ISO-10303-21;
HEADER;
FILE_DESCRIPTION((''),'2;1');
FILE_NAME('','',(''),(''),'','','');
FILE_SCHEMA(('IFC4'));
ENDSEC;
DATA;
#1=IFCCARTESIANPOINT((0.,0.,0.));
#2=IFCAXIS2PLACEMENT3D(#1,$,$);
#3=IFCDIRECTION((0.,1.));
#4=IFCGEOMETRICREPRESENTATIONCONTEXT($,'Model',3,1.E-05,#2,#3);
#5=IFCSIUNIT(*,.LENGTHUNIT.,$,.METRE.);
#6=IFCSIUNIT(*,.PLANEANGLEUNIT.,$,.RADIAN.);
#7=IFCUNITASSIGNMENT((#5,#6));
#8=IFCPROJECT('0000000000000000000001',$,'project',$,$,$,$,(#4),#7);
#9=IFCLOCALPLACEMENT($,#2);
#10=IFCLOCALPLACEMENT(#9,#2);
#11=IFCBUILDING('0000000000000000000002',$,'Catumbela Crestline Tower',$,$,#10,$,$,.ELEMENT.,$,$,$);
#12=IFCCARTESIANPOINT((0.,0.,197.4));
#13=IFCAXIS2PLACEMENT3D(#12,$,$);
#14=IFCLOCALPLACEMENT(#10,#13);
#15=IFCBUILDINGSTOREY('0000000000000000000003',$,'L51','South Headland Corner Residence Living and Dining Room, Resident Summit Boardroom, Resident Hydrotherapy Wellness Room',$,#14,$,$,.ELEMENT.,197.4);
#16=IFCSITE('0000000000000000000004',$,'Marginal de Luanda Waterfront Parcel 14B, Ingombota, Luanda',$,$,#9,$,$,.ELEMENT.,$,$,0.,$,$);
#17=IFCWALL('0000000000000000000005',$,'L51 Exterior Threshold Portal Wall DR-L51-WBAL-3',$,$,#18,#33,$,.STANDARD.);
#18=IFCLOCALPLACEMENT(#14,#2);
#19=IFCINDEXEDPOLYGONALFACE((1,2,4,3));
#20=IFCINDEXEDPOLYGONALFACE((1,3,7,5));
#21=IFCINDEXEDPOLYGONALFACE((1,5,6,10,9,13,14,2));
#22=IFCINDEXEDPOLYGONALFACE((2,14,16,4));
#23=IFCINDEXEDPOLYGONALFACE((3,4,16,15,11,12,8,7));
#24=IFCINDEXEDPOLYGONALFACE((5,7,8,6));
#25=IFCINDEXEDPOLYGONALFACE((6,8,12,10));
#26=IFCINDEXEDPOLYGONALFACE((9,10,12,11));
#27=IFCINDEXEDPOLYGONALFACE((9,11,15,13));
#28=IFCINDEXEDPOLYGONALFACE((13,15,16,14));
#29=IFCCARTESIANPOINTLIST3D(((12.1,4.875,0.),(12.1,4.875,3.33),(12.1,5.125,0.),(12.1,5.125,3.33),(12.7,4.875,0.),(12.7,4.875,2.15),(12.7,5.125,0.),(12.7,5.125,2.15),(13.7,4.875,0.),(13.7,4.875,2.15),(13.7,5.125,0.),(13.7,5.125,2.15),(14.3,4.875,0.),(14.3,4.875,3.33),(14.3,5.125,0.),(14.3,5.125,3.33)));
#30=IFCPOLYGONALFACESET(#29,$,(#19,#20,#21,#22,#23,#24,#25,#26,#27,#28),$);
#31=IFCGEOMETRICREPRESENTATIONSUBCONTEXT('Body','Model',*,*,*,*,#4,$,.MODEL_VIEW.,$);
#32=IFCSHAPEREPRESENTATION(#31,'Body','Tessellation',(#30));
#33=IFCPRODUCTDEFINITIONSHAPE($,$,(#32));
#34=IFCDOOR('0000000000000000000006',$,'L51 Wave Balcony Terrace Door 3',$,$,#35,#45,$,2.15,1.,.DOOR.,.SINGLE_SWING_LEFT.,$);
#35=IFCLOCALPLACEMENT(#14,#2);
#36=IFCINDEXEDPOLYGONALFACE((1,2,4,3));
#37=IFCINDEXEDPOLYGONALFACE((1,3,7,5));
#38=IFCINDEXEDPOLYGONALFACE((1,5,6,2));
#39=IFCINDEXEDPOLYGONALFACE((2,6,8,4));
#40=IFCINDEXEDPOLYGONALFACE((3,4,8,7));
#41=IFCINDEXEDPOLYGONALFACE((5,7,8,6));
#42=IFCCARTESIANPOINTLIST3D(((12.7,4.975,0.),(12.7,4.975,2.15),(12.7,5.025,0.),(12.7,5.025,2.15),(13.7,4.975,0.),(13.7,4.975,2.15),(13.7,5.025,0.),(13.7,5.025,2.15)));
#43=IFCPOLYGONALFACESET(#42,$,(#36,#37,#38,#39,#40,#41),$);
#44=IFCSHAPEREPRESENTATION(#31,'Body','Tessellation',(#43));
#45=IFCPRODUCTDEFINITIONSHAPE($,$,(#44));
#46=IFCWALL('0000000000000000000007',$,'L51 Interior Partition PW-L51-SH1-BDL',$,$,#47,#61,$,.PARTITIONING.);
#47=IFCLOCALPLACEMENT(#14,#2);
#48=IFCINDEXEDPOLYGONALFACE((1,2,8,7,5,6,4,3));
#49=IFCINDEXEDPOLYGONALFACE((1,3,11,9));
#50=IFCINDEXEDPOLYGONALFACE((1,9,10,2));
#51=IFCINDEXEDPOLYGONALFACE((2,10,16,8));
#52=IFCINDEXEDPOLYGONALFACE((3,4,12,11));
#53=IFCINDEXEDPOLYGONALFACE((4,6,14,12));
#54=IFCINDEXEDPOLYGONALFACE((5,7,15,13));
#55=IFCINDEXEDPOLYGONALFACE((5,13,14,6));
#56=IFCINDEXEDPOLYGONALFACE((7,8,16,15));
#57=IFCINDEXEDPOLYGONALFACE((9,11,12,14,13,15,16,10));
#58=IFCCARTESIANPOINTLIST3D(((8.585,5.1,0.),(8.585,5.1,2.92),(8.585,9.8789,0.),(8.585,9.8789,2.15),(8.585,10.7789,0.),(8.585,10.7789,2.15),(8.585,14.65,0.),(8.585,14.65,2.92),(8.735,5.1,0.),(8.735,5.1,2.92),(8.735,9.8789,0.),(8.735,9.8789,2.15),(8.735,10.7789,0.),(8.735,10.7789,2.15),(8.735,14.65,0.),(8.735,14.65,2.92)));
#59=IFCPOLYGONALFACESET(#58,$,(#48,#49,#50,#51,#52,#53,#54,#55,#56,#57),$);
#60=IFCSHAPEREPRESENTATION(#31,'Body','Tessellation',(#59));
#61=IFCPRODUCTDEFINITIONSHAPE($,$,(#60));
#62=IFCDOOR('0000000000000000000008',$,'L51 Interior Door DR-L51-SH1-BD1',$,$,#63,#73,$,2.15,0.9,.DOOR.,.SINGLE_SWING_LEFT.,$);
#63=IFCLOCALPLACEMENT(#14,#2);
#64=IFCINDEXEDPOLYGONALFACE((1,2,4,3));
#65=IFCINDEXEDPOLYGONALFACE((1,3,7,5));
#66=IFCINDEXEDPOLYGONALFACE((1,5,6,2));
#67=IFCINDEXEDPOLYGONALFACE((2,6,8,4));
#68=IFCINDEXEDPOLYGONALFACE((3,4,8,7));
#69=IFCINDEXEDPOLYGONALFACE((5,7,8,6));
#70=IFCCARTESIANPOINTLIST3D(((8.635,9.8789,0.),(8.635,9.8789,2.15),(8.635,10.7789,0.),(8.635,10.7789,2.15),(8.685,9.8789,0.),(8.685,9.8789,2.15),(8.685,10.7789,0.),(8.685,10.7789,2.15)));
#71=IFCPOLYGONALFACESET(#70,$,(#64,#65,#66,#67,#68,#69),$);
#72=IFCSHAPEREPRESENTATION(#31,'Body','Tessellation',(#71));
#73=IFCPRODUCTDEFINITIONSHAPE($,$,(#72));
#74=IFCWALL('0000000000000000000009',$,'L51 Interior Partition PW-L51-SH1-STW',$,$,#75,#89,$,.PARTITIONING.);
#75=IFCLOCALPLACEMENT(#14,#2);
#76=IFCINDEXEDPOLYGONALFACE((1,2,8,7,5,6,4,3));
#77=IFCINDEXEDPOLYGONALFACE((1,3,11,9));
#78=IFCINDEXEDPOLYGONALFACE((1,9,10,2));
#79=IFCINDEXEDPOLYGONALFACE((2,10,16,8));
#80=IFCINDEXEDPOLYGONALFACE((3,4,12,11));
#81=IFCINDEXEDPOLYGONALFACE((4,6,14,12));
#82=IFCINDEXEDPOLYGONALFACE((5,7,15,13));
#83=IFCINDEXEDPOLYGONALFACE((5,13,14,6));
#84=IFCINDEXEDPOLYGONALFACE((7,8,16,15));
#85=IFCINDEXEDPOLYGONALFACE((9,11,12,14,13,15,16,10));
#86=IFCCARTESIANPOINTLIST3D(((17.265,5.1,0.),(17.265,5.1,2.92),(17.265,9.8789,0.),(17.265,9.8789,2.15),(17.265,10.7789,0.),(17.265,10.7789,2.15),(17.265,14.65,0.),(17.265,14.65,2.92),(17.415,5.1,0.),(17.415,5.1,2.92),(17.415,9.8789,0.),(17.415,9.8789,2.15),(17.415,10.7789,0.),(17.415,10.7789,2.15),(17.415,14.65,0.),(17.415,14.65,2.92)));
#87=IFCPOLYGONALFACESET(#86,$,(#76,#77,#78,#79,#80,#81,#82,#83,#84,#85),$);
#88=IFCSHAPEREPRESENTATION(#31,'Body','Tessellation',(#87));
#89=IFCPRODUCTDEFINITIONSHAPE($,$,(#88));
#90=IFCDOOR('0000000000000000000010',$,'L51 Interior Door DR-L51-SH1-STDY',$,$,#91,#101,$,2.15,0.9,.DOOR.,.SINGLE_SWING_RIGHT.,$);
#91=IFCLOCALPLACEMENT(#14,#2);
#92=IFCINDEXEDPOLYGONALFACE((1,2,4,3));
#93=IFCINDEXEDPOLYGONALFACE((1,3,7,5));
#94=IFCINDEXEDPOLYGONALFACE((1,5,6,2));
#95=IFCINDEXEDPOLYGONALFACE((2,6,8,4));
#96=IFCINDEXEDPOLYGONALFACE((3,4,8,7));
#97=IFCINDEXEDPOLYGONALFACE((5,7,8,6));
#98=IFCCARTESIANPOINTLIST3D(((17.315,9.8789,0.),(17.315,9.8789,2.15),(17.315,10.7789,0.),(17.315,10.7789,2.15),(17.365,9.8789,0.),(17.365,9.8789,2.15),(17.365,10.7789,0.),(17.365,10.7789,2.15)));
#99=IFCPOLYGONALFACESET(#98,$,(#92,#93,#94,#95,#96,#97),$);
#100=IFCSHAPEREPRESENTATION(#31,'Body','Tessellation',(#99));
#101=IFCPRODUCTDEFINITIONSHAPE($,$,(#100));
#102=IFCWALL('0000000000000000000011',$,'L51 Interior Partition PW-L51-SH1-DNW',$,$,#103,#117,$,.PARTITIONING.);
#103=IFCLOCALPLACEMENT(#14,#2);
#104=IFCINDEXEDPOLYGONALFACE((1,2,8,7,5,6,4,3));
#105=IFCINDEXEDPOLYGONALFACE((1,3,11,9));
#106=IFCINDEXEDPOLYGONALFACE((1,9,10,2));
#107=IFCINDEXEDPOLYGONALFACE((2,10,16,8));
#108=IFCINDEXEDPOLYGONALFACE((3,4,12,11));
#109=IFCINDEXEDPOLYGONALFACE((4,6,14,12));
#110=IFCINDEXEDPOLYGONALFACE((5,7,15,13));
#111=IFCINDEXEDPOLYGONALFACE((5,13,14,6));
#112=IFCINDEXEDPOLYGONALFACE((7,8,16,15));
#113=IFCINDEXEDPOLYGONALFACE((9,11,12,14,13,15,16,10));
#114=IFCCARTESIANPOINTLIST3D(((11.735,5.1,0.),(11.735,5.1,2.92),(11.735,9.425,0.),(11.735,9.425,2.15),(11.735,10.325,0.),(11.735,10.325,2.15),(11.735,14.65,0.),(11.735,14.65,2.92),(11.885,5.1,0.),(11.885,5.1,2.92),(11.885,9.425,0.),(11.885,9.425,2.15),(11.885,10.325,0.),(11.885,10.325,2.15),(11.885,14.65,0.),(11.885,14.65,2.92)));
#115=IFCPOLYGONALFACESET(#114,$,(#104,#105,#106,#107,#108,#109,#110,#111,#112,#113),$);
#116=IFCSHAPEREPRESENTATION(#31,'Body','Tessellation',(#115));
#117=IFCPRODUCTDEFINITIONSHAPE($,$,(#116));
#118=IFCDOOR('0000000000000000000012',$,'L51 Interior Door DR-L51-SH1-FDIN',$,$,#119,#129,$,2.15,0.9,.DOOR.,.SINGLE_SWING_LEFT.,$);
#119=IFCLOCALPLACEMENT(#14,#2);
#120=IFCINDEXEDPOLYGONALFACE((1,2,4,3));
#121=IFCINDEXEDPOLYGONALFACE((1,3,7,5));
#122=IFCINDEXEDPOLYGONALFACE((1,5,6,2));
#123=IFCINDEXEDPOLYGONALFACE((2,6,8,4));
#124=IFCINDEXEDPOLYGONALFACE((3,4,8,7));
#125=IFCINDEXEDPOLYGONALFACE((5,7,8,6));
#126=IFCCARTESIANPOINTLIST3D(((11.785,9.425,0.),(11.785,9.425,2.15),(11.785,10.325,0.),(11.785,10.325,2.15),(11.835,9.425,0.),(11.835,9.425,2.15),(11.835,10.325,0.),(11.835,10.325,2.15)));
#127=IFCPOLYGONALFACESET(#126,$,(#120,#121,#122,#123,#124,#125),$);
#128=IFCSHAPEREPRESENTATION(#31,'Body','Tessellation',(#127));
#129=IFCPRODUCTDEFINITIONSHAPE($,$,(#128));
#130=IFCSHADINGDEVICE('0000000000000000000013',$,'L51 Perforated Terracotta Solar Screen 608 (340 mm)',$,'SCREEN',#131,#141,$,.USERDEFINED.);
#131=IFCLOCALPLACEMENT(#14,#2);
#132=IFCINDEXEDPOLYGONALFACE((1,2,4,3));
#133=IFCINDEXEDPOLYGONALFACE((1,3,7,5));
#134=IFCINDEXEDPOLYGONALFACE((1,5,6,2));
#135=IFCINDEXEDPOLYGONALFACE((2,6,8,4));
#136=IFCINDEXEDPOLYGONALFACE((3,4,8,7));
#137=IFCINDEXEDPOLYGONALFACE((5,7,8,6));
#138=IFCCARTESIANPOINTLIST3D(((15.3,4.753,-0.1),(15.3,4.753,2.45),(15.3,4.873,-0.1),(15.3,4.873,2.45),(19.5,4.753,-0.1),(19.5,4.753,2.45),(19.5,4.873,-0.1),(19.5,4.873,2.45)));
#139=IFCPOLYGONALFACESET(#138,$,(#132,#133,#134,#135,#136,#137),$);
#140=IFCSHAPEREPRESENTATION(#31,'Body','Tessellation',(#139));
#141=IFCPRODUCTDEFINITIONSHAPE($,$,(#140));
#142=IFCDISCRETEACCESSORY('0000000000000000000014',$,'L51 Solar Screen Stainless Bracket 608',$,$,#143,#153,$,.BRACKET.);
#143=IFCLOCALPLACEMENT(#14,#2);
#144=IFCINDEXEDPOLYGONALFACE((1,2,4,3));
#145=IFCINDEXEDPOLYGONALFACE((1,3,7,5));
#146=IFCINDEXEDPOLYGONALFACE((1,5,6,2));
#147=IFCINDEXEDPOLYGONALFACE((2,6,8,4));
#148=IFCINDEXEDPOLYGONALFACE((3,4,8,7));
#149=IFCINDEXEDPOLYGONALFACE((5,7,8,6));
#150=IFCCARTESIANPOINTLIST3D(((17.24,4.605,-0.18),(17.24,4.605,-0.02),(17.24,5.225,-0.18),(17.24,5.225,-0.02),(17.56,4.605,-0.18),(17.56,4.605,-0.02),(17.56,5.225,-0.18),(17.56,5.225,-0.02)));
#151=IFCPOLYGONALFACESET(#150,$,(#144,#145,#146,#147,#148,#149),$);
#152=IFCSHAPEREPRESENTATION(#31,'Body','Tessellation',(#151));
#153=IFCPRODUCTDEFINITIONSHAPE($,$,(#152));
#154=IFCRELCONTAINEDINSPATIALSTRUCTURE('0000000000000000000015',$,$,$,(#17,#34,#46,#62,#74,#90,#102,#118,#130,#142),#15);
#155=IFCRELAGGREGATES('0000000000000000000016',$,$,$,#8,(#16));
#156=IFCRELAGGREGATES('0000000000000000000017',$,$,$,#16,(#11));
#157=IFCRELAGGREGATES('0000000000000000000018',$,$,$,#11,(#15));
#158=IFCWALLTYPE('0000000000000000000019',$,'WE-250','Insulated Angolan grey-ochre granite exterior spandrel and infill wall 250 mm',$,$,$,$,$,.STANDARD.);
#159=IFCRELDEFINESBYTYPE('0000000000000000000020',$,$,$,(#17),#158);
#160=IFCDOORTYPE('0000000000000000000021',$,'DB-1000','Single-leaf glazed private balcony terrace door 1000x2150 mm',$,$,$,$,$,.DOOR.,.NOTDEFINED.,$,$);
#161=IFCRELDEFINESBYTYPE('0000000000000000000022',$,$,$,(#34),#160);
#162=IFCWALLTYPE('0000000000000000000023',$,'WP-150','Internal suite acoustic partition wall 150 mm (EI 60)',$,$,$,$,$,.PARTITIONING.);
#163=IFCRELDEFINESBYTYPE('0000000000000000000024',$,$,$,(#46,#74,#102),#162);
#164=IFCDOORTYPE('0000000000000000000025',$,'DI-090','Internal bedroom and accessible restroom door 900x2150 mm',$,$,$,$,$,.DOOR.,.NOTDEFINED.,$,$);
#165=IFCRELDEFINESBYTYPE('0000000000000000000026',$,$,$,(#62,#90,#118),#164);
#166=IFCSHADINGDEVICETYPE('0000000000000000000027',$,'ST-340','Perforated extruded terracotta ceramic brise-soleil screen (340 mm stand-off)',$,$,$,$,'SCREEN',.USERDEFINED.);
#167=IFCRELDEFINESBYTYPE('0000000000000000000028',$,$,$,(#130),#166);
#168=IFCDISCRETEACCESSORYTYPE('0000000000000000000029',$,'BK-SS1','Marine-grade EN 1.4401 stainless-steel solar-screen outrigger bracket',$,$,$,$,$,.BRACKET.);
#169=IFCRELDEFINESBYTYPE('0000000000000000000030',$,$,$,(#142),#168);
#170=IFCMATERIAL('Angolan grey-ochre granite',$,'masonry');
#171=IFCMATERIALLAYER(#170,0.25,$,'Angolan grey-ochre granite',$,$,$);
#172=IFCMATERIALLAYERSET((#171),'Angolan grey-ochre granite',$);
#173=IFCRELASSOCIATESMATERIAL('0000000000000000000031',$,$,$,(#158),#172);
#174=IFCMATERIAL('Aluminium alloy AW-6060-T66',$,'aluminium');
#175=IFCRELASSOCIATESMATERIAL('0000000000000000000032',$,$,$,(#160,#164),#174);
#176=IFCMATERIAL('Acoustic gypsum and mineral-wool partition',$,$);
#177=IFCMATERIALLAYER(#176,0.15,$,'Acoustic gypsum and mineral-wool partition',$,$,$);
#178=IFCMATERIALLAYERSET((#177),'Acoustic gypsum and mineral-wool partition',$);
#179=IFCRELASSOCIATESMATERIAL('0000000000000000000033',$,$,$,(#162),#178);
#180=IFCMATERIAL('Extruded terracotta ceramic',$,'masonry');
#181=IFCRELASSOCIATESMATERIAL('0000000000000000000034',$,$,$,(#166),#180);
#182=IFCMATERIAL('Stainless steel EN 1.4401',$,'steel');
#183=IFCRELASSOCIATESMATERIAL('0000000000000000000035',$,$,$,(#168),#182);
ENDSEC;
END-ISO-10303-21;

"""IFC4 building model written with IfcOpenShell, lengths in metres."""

from ifc_helpers import new_model, si_unit, direction, frame, frame_2d, origin, origin_2d, place, context, subcontext, project, spatial, rectangle, extrude, material, layer, layer_set, type_object, element, fill, save


model = new_model("IFC4")

# Units and contexts
model_context = context("Model", 3, precision=1e-05, world=origin(), true_north=direction((0.0, 1.0)))
body_context = subcontext(model_context, "Body", "Model", "MODEL_VIEW")
ifc_project = project(units=[si_unit("LENGTHUNIT", "METRE"), si_unit("PLANEANGLEUNIT", "RADIAN")], contexts=[model_context])

# Site, building, storey
site_placement = place(None, origin())
site = spatial("IfcSite", under=ifc_project, at=site_placement, Name="Marginal de Luanda Waterfront Parcel 14B, Ingombota, Luanda", CompositionType="ELEMENT", RefElevation=0.0)
building_placement = place(site_placement, origin())
building = spatial("IfcBuilding", under=site, at=building_placement, Name="Catumbela Crestline Tower", CompositionType="ELEMENT")
storey_placement = place(building_placement, frame((0.0, 0.0, 197.4)))
storey = spatial("IfcBuildingStorey", under=building, at=storey_placement, Name="L51", Description="South Headland Corner Residence Living and Dining Room, Resident Summit Boardroom, Resident Hydrotherapy Wellness Room", CompositionType="ELEMENT", Elevation=197.4)

# Shared definitions
ifc_material_1 = material(Name="Aluminium alloy AW-6060-T66", Category="aluminium")

# Walls, openings, doors
ifc_material_2 = material(Name="Angolan grey-ochre granite", Category="masonry")
ifc_layer_1 = layer(ifc_material_2, 0.25, Name="Angolan grey-ochre granite")
ifc_layer_set_1 = layer_set([ifc_layer_1], Name="Angolan grey-ochre granite")
wall_type_1 = type_object("IfcWallType", Name="WE-250", Description="Insulated Angolan grey-ochre granite exterior spandrel and infill wall 250 mm", PredefinedType="STANDARD", material=ifc_layer_set_1)
wall_1_placement = place(storey_placement, frame((12.1, 5.0, 0.0), z_axis=(0.0, 0.0, 1.0), x_axis=(1.0, 0.0, 0.0)))
wall_1 = element("IfcWall", 1, at=wall_1_placement, inside=storey, type_object=wall_type_1, Name="L51 Exterior Threshold Portal Wall DR-L51-WBAL-3", PredefinedType="STANDARD", context=body_context, shape_type="SweptSolid", body=[
    extrude(rectangle(XDim=2.2, YDim=0.25, at=frame_2d((1.1, 0.0))), origin(), (0.0, 0.0, 1.0), 3.33),
])
opening_1_placement = place(wall_1_placement, frame((0.6, 0.0, 0.0)))
opening_1 = element("IfcOpeningElement", 2, at=opening_1_placement, cuts=wall_1, PredefinedType="OPENING", context=body_context, shape_type="SweptSolid", body=[
    extrude(rectangle(XDim=1.0, YDim=2.15, at=frame_2d((0.5, 1.075))), frame((0.0, 0.135, 0.0), z_axis=(0.0, -1.0, 0.0), x_axis=(1.0, 0.0, 0.0)), (0.0, 0.0, 1.0), 0.27),
])
door_type_1 = type_object("IfcDoorType", Name="DB-1000", Description="Single-leaf glazed private balcony terrace door 1000x2150 mm", OperationType="NOTDEFINED", PredefinedType="DOOR", material=ifc_material_1)
door_1_placement = place(opening_1_placement, origin())
door_1 = element("IfcDoor", 3, at=door_1_placement, inside=storey, type_object=door_type_1, Name="L51 Wave Balcony Terrace Door 3", OperationType="SINGLE_SWING_LEFT", OverallHeight=2.15, OverallWidth=1.0, PredefinedType="DOOR", context=body_context, shape_type="SweptSolid", body=[
    extrude(rectangle(XDim=1.0, YDim=2.15, at=frame_2d((0.5, 1.075))), frame((0.0, 0.025, 0.0), z_axis=(0.0, -1.0, 0.0), x_axis=(1.0, 0.0, 0.0)), (0.0, 0.0, 1.0), 0.05),
])
fill(opening_1, door_1)
ifc_material_3 = material(Name="Acoustic gypsum and mineral-wool partition")
ifc_layer_2 = layer(ifc_material_3, 0.15, Name="Acoustic gypsum and mineral-wool partition")
ifc_layer_set_2 = layer_set([ifc_layer_2], Name="Acoustic gypsum and mineral-wool partition")
wall_type_2 = type_object("IfcWallType", Name="WP-150", Description="Internal suite acoustic partition wall 150 mm (EI 60)", PredefinedType="PARTITIONING", material=ifc_layer_set_2)
wall_2_placement = place(storey_placement, frame((8.66, 5.1, 0.0), z_axis=(0.0, 0.0, 1.0), x_axis=(0.0, 1.0, 0.0)))
wall_2 = element("IfcWall", 4, at=wall_2_placement, inside=storey, type_object=wall_type_2, Name="L51 Interior Partition PW-L51-SH1-BDL", PredefinedType="PARTITIONING", context=body_context, shape_type="SweptSolid", body=[
    extrude(rectangle(XDim=9.55, YDim=0.15, at=frame_2d((4.775, 0.0))), origin(), (0.0, 0.0, 1.0), 2.92),
])
opening_2_placement = place(wall_2_placement, frame((4.7789, 0.0, 0.0)))
opening_2 = element("IfcOpeningElement", 5, at=opening_2_placement, cuts=wall_2, PredefinedType="OPENING", context=body_context, shape_type="SweptSolid", body=[
    extrude(rectangle(XDim=0.9, YDim=2.15, at=frame_2d((0.45, 1.075))), frame((0.0, 0.085, 0.0), z_axis=(0.0, -1.0, 0.0), x_axis=(1.0, 0.0, 0.0)), (0.0, 0.0, 1.0), 0.17),
])
door_type_2 = type_object("IfcDoorType", Name="DI-090", Description="Internal bedroom and accessible restroom door 900x2150 mm", OperationType="NOTDEFINED", PredefinedType="DOOR", material=ifc_material_1)
door_2_placement = place(opening_2_placement, origin())
door_2 = element("IfcDoor", 6, at=door_2_placement, inside=storey, type_object=door_type_2, Name="L51 Interior Door DR-L51-SH1-BD1", OperationType="SINGLE_SWING_LEFT", OverallHeight=2.15, OverallWidth=0.9, PredefinedType="DOOR", context=body_context, shape_type="SweptSolid", body=[
    extrude(rectangle(XDim=0.9, YDim=2.15, at=frame_2d((0.45, 1.075))), frame((0.0, 0.025, 0.0), z_axis=(0.0, -1.0, 0.0), x_axis=(1.0, 0.0, 0.0)), (0.0, 0.0, 1.0), 0.05),
])
fill(opening_2, door_2)
wall_3_placement = place(storey_placement, frame((17.34, 5.1, 0.0), z_axis=(0.0, 0.0, 1.0), x_axis=(0.0, 1.0, 0.0)))
wall_3 = element("IfcWall", 7, at=wall_3_placement, inside=storey, type_object=wall_type_2, Name="L51 Interior Partition PW-L51-SH1-STW", PredefinedType="PARTITIONING", context=body_context, shape_type="SweptSolid", body=[
    extrude(rectangle(XDim=9.55, YDim=0.15, at=frame_2d((4.775, 0.0))), origin(), (0.0, 0.0, 1.0), 2.92),
])
opening_3_placement = place(wall_3_placement, frame((4.7789, 0.0, 0.0)))
opening_3 = element("IfcOpeningElement", 8, at=opening_3_placement, cuts=wall_3, PredefinedType="OPENING", context=body_context, shape_type="SweptSolid", body=[
    extrude(rectangle(XDim=0.9, YDim=2.15, at=frame_2d((0.45, 1.075))), frame((0.0, 0.085, 0.0), z_axis=(0.0, -1.0, 0.0), x_axis=(1.0, 0.0, 0.0)), (0.0, 0.0, 1.0), 0.17),
])
door_3_placement = place(opening_3_placement, origin())
door_3 = element("IfcDoor", 9, at=door_3_placement, inside=storey, type_object=door_type_2, Name="L51 Interior Door DR-L51-SH1-STDY", OperationType="SINGLE_SWING_RIGHT", OverallHeight=2.15, OverallWidth=0.9, PredefinedType="DOOR", context=body_context, shape_type="SweptSolid", body=[
    extrude(rectangle(XDim=0.9, YDim=2.15, at=frame_2d((0.45, 1.075))), frame((0.0, 0.025, 0.0), z_axis=(0.0, -1.0, 0.0), x_axis=(1.0, 0.0, 0.0)), (0.0, 0.0, 1.0), 0.05),
])
fill(opening_3, door_3)
wall_4_placement = place(storey_placement, frame((11.81, 5.1, 0.0), z_axis=(0.0, 0.0, 1.0), x_axis=(0.0, 1.0, 0.0)))
wall_4 = element("IfcWall", 10, at=wall_4_placement, inside=storey, type_object=wall_type_2, Name="L51 Interior Partition PW-L51-SH1-DNW", PredefinedType="PARTITIONING", context=body_context, shape_type="SweptSolid", body=[
    extrude(rectangle(XDim=9.55, YDim=0.15, at=frame_2d((4.775, 0.0))), origin(), (0.0, 0.0, 1.0), 2.92),
])
opening_4_placement = place(wall_4_placement, frame((4.325, 0.0, 0.0)))
opening_4 = element("IfcOpeningElement", 11, at=opening_4_placement, cuts=wall_4, PredefinedType="OPENING", context=body_context, shape_type="SweptSolid", body=[
    extrude(rectangle(XDim=0.9, YDim=2.15, at=frame_2d((0.45, 1.075))), frame((0.0, 0.085, 0.0), z_axis=(0.0, -1.0, 0.0), x_axis=(1.0, 0.0, 0.0)), (0.0, 0.0, 1.0), 0.17),
])
door_4_placement = place(opening_4_placement, origin())
door_4 = element("IfcDoor", 12, at=door_4_placement, inside=storey, type_object=door_type_2, Name="L51 Interior Door DR-L51-SH1-FDIN", OperationType="SINGLE_SWING_LEFT", OverallHeight=2.15, OverallWidth=0.9, PredefinedType="DOOR", context=body_context, shape_type="SweptSolid", body=[
    extrude(rectangle(XDim=0.9, YDim=2.15, at=frame_2d((0.45, 1.075))), frame((0.0, 0.025, 0.0), z_axis=(0.0, -1.0, 0.0), x_axis=(1.0, 0.0, 0.0)), (0.0, 0.0, 1.0), 0.05),
])
fill(opening_4, door_4)

# Shared definitions
ifc_material_4 = material(Name="Stainless steel EN 1.4401", Category="steel")

# Shading device
ifc_material_5 = material(Name="Extruded terracotta ceramic", Category="masonry")
shading_device_type = type_object("IfcShadingDeviceType", Name="ST-340", Description="Perforated extruded terracotta ceramic brise-soleil screen (340 mm stand-off)", ElementType="SCREEN", PredefinedType="USERDEFINED", material=ifc_material_5)
shading_device_placement = place(storey_placement, frame((17.4, 4.813, -0.1), z_axis=(0.0, 0.0, 1.0), x_axis=(1.0, 0.0, 0.0)))
element("IfcShadingDevice", 13, at=shading_device_placement, inside=storey, type_object=shading_device_type, Name="L51 Perforated Terracotta Solar Screen 608 (340 mm)", ObjectType="SCREEN", PredefinedType="USERDEFINED", context=body_context, shape_type="SweptSolid", body=[
    extrude(rectangle(XDim=4.2, YDim=0.12, at=origin_2d()), origin(), (0.0, 0.0, 1.0), 2.55),
])

# Discrete accessory
discrete_accessory_type = type_object("IfcDiscreteAccessoryType", Name="BK-SS1", Description="Marine-grade EN 1.4401 stainless-steel solar-screen outrigger bracket", PredefinedType="BRACKET", material=ifc_material_4)
discrete_accessory_placement = place(storey_placement, frame((17.4, 4.915, -0.18), z_axis=(0.0, 0.0, 1.0), x_axis=(1.0, 0.0, 0.0)))
element("IfcDiscreteAccessory", 14, at=discrete_accessory_placement, inside=storey, type_object=discrete_accessory_type, Name="L51 Solar Screen Stainless Bracket 608", PredefinedType="BRACKET", context=body_context, shape_type="SweptSolid", body=[
    extrude(rectangle(XDim=0.32, YDim=0.62, at=origin_2d()), origin(), (0.0, 0.0, 1.0), 0.16),
])

save(model, "model.ifc")
